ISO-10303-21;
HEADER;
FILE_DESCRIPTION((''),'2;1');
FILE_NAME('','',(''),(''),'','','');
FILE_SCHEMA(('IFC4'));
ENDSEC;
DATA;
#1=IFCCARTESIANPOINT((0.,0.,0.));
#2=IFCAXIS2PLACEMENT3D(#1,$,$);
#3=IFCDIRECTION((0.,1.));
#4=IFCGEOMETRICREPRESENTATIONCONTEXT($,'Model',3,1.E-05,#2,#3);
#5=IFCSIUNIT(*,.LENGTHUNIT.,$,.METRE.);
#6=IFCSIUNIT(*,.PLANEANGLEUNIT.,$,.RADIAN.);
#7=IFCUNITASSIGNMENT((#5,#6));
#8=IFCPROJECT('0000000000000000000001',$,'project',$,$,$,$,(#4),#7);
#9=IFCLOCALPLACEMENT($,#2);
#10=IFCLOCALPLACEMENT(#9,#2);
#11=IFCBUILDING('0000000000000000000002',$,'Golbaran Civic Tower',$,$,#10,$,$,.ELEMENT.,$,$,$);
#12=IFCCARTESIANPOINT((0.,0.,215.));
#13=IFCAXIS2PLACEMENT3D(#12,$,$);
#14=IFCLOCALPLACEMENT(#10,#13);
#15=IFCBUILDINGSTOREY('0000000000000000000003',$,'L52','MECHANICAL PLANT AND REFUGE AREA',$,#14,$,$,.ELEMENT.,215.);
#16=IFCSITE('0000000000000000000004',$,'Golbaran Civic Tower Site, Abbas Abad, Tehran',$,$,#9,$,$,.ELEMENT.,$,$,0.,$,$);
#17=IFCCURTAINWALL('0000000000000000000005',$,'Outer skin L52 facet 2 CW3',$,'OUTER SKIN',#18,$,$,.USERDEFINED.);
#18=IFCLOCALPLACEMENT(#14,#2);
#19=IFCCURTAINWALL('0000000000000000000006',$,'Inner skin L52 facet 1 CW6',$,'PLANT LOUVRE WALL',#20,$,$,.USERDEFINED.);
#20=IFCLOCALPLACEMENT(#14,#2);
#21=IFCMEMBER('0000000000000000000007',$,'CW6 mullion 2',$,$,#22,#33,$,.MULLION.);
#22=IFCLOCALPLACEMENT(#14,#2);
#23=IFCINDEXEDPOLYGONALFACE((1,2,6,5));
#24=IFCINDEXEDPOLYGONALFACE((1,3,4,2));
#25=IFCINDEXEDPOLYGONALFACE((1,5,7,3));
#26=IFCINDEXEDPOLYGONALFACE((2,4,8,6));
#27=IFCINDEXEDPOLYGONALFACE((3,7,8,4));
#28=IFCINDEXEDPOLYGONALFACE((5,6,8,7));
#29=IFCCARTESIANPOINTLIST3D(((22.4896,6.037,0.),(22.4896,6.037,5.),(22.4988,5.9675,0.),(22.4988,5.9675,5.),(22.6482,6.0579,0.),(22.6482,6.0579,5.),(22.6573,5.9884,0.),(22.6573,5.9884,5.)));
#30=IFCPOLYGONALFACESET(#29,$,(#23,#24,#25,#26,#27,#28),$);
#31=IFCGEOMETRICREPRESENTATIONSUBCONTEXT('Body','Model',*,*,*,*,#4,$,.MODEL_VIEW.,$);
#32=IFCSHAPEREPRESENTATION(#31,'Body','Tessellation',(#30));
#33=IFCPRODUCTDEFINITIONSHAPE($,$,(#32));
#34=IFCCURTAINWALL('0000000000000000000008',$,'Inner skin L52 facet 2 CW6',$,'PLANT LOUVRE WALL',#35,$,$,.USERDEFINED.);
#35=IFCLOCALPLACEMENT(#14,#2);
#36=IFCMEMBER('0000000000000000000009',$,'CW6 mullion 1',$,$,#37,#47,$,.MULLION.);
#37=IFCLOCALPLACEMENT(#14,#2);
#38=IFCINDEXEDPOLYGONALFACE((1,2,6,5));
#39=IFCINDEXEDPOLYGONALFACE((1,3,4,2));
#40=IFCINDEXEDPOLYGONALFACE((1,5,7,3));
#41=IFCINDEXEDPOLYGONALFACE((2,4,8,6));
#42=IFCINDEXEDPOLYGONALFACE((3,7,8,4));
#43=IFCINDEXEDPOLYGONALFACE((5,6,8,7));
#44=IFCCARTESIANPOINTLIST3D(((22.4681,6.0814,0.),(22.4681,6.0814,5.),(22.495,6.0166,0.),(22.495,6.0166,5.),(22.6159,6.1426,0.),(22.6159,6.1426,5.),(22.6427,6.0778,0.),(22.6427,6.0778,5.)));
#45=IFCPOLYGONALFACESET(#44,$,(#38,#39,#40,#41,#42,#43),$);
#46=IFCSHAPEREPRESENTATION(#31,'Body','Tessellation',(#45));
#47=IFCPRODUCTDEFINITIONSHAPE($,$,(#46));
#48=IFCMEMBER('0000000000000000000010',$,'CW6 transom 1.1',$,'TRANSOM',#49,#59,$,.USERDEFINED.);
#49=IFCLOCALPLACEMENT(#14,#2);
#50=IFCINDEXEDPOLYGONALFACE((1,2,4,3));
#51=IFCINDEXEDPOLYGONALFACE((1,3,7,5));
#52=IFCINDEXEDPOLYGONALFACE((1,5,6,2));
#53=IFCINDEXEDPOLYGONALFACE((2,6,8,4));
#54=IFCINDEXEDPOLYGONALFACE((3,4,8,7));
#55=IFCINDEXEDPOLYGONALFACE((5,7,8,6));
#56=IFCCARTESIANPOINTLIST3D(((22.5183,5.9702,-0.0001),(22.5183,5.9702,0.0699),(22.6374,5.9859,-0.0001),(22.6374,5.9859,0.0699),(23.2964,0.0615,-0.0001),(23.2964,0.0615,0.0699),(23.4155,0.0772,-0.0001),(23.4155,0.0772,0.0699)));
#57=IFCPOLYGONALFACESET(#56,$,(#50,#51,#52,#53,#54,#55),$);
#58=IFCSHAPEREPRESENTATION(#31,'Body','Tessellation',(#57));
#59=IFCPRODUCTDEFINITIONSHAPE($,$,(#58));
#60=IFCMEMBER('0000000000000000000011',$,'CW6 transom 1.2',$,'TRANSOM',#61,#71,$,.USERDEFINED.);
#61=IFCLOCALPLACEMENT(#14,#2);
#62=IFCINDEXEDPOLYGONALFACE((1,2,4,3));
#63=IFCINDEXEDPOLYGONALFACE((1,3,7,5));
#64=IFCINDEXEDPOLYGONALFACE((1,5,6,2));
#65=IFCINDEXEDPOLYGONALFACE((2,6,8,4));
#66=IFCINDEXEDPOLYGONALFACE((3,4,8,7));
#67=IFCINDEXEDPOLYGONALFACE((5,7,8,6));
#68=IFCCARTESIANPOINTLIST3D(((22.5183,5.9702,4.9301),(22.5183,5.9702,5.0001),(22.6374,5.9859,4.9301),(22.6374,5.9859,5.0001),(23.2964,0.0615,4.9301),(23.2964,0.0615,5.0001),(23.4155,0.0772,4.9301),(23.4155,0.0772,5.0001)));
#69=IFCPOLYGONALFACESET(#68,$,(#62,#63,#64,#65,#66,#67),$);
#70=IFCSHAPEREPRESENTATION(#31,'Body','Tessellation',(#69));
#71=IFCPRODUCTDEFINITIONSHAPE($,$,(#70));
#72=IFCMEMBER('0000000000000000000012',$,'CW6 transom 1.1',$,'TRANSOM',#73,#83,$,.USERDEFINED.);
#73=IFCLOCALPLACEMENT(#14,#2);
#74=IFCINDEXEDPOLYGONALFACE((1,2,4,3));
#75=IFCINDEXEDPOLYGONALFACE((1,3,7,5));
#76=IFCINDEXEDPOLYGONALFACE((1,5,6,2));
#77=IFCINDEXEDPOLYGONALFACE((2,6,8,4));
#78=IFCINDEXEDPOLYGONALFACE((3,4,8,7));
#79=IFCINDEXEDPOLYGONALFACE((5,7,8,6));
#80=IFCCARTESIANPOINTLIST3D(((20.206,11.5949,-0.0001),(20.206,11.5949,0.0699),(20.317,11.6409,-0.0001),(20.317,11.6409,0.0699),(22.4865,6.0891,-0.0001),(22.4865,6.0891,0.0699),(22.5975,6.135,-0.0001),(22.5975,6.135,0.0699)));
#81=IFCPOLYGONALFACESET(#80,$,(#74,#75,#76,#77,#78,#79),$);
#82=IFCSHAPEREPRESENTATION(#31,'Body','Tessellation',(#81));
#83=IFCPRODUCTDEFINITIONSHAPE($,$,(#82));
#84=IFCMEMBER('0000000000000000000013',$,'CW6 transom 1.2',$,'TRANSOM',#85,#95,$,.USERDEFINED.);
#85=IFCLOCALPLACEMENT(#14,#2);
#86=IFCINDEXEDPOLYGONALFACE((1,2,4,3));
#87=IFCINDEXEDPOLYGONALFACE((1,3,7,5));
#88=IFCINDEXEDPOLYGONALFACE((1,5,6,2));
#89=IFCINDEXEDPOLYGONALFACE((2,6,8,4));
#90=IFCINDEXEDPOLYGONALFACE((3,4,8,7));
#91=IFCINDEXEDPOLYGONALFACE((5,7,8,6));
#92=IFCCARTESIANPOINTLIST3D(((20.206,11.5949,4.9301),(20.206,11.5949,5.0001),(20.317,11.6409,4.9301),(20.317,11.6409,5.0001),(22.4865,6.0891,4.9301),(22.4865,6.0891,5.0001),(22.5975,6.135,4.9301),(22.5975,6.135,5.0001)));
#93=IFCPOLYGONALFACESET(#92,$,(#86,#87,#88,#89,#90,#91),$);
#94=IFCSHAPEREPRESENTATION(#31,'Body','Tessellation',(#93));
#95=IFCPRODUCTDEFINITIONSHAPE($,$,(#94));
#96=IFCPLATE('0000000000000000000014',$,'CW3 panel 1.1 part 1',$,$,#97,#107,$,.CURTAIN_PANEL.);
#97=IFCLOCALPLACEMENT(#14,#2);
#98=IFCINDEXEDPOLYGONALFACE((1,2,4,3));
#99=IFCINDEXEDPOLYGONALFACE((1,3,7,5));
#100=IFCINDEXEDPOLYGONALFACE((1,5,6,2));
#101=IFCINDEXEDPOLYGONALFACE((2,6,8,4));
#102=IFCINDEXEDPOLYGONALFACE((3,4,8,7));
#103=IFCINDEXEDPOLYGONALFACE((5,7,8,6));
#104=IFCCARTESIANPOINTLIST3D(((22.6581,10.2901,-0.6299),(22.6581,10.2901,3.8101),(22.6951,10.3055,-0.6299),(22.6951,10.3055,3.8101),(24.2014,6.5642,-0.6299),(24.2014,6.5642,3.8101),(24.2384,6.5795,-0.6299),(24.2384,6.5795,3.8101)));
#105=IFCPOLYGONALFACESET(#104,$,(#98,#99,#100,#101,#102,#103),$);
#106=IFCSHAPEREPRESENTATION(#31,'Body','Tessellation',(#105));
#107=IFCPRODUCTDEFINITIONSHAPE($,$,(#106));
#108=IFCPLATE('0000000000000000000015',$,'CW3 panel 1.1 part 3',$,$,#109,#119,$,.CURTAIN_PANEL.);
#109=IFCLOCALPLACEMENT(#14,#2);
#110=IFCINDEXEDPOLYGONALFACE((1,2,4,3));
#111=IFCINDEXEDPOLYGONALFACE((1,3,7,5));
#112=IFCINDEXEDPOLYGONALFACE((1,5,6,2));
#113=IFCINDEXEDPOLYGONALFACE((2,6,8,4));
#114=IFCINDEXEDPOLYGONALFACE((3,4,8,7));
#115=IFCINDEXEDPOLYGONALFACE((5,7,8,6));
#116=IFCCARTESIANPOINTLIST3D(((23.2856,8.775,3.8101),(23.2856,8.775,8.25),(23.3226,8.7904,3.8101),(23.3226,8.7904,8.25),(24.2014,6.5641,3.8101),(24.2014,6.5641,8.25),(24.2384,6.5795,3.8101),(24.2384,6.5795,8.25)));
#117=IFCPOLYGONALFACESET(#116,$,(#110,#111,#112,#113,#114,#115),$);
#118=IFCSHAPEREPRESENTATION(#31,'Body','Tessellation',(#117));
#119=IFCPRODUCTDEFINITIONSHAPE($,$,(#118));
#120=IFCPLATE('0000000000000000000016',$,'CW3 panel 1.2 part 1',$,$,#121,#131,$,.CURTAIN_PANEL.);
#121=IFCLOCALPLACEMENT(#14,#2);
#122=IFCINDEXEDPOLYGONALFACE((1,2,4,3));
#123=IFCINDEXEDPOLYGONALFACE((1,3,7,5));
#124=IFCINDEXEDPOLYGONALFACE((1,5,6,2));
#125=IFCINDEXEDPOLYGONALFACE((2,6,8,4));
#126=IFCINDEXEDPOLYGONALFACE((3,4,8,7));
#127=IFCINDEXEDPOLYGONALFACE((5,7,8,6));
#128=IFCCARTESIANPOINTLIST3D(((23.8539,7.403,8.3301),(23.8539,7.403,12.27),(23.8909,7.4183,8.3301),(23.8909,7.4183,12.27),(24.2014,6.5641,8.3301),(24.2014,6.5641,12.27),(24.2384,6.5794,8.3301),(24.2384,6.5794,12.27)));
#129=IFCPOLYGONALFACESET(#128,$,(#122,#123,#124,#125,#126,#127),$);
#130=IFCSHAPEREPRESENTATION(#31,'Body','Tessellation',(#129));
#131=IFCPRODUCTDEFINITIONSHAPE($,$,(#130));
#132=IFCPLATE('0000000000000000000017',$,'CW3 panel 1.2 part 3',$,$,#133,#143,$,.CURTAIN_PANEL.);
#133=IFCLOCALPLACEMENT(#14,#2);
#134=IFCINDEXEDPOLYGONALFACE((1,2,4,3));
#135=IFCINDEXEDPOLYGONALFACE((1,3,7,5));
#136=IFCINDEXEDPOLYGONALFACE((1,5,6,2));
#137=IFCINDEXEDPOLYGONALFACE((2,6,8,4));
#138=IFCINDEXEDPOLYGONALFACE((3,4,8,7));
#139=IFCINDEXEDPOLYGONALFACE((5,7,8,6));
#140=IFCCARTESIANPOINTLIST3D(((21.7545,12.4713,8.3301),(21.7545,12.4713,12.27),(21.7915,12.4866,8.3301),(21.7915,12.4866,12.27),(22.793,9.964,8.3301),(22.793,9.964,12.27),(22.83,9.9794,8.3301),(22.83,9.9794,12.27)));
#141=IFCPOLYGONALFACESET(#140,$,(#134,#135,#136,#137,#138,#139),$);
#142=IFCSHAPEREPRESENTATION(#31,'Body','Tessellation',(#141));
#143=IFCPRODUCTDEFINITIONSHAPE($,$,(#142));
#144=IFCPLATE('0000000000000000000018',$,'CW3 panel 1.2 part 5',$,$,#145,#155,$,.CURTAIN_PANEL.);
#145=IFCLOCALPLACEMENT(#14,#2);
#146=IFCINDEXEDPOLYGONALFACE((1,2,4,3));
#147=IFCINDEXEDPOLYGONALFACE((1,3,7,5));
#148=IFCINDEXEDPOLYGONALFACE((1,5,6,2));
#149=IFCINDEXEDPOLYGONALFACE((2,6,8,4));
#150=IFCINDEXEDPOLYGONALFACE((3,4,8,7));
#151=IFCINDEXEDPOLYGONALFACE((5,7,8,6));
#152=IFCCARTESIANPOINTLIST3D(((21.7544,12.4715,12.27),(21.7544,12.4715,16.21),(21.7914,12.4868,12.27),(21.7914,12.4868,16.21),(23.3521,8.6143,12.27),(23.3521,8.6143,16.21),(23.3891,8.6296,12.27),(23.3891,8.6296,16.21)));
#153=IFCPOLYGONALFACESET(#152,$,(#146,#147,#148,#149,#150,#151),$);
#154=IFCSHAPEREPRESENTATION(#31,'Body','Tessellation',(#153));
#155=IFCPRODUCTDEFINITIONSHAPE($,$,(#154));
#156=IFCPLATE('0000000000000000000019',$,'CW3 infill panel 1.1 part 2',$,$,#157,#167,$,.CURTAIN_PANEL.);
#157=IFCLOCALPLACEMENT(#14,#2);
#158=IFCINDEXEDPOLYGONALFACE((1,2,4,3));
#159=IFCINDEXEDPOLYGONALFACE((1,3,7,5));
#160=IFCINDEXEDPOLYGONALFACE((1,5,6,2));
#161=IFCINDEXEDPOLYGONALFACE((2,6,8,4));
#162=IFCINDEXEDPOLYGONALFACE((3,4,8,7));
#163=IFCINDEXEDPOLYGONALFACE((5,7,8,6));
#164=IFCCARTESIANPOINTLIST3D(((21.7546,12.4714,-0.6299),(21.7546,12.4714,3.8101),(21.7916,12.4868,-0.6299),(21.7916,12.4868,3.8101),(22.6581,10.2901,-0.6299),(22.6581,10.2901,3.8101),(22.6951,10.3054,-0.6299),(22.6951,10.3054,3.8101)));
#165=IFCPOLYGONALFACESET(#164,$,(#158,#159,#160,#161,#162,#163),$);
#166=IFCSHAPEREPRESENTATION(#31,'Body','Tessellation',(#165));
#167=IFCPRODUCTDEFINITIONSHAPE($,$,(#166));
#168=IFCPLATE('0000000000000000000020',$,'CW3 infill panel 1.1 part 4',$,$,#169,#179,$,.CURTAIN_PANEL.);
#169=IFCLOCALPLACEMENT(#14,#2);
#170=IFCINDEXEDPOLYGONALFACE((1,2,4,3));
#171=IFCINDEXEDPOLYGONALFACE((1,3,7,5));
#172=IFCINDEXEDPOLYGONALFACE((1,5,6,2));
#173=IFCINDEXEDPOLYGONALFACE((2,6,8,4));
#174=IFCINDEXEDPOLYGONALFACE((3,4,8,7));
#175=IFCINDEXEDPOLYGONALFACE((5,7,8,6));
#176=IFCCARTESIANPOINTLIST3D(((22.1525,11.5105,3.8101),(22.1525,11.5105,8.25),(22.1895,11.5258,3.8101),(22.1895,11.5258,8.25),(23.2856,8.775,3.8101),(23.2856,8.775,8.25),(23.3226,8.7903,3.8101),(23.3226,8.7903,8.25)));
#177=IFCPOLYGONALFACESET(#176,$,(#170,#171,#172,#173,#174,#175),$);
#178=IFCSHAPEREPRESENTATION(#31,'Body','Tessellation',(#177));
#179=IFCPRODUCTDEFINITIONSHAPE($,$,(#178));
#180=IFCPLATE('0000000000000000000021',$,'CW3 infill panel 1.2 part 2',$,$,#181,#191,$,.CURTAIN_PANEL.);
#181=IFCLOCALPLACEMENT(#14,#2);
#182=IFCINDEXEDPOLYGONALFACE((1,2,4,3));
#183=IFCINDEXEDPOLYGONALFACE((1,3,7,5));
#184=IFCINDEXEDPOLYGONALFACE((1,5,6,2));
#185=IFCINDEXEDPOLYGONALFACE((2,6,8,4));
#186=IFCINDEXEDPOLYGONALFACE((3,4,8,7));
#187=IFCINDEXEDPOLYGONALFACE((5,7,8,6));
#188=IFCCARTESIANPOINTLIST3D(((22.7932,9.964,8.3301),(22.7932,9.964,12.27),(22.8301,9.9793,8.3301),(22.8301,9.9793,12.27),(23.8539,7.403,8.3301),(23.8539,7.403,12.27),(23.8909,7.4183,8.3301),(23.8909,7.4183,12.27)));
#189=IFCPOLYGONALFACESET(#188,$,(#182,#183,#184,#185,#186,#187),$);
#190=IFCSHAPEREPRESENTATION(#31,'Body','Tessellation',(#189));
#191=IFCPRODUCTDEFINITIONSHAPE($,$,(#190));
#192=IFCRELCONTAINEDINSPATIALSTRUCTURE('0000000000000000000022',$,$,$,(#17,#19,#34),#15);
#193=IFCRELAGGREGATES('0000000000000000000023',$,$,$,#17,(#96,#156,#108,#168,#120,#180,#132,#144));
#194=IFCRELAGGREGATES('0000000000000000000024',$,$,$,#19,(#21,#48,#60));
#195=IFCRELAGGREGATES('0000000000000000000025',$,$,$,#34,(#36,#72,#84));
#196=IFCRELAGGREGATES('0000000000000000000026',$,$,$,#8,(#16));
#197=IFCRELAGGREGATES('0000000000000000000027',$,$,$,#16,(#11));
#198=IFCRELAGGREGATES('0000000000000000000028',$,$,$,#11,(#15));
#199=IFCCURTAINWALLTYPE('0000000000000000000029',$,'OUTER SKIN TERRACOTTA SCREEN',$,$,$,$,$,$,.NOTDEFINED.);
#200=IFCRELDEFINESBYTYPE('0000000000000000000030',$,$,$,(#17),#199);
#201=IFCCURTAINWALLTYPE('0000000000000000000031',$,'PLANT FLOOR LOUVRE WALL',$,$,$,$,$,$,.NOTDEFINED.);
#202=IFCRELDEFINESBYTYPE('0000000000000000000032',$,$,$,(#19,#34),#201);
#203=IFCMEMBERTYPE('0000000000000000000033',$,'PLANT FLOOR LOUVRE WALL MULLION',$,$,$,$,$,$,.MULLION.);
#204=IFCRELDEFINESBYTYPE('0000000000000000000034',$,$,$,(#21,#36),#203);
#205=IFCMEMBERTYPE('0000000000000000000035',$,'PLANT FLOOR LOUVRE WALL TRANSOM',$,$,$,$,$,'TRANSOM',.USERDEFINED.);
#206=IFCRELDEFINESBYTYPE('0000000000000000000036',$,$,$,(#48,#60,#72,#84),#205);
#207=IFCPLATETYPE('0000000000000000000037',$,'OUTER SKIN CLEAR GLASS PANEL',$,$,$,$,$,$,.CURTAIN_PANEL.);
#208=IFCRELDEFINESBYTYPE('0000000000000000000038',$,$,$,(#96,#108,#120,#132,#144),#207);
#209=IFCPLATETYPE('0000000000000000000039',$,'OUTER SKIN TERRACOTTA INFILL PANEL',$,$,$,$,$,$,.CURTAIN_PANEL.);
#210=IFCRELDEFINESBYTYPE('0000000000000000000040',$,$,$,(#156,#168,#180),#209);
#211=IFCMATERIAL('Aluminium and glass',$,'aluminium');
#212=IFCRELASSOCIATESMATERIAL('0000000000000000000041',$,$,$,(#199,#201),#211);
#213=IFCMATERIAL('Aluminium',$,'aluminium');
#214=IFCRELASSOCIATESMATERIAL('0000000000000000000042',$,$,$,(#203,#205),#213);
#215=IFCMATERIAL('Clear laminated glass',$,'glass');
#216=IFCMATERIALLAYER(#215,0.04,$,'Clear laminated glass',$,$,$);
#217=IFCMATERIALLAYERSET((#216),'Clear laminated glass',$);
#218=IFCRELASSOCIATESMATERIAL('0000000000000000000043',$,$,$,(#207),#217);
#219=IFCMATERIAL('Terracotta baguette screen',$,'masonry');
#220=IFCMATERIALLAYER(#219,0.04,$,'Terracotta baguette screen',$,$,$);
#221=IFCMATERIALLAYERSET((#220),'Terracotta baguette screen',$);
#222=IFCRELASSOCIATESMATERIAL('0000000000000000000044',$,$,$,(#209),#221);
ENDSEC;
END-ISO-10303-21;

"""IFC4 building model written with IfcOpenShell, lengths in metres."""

from ifc_helpers import new_model, si_unit, direction, frame, origin, origin_2d, place, context, subcontext, project, spatial, rectangle, extrude, material, layer, layer_set, material_profile, profile_set, type_object, element, aggregate, save


model = new_model("IFC4")

# Units and contexts
model_context = context("Model", 3, precision=1e-05, world=origin(), true_north=direction((0.0, 1.0)))
body_context = subcontext(model_context, "Body", "Model", "MODEL_VIEW")
ifc_project = project(units=[si_unit("LENGTHUNIT", "METRE"), si_unit("PLANEANGLEUNIT", "RADIAN")], contexts=[model_context])

# Site, building, storey
site_placement = place(None, origin())
site = spatial("IfcSite", under=ifc_project, at=site_placement, Name="Golbaran Civic Tower Site, Abbas Abad, Tehran", CompositionType="ELEMENT", RefElevation=0.0)
building_placement = place(site_placement, origin())
building = spatial("IfcBuilding", under=site, at=building_placement, Name="Golbaran Civic Tower", CompositionType="ELEMENT")
storey_placement = place(building_placement, frame((0.0, 0.0, 215.0)))
storey = spatial("IfcBuildingStorey", under=building, at=storey_placement, Name="L52", Description="MECHANICAL PLANT AND REFUGE AREA", CompositionType="ELEMENT", Elevation=215.0)

# Shared definitions
ifc_material_1 = material(Name="Aluminium and glass", Category="aluminium")
curtain_wall_type_1 = type_object("IfcCurtainWallType", Name="OUTER SKIN TERRACOTTA SCREEN", PredefinedType="NOTDEFINED", material=ifc_material_1)
ifc_material_2 = material(Name="Aluminium", Category="aluminium")

# Curtain wall
curtain_wall_1_placement = place(storey_placement, origin())
curtain_wall_1 = element("IfcCurtainWall", 1, at=curtain_wall_1_placement, inside=storey, type_object=curtain_wall_type_1, Name="Outer skin L52 facet 2 CW3", ObjectType="OUTER SKIN", PredefinedType="USERDEFINED")

# Curtain wall, member
curtain_wall_type_2 = type_object("IfcCurtainWallType", Name="PLANT FLOOR LOUVRE WALL", PredefinedType="NOTDEFINED", material=ifc_material_1)
curtain_wall_2_placement = place(storey_placement, origin())
curtain_wall_2 = element("IfcCurtainWall", 2, at=curtain_wall_2_placement, inside=storey, type_object=curtain_wall_type_2, Name="Inner skin L52 facet 1 CW6", ObjectType="PLANT LOUVRE WALL", PredefinedType="USERDEFINED")
ifc_material_profile_1 = material_profile(ifc_material_2, rectangle(XDim=0.1599, YDim=0.0701, at=origin_2d()), Name="PLANT FLOOR LOUVRE WALL MULLION")
ifc_profile_set_1 = profile_set([ifc_material_profile_1], Name="Aluminium")
member_type_1 = type_object("IfcMemberType", Name="PLANT FLOOR LOUVRE WALL MULLION", PredefinedType="MULLION", material=ifc_profile_set_1)
member_1_placement = place(storey_placement, frame((22.5735, 6.0127, 0.0), z_axis=(0.0, 0.0, 1.0), x_axis=(-0.991445, -0.130526, 0.0)))
member_1 = element("IfcMember", 3, at=member_1_placement, type_object=member_type_1, Name="CW6 mullion 2", PredefinedType="MULLION", context=body_context, shape_type="SweptSolid", body=[
    extrude(rectangle(XDim=0.1599, YDim=0.0701, at=origin_2d()), origin(), (0.0, 0.0, 1.0), 5.0),
])

# Curtain wall, member
curtain_wall_3_placement = place(storey_placement, origin())
curtain_wall_3 = element("IfcCurtainWall", 4, at=curtain_wall_3_placement, inside=storey, type_object=curtain_wall_type_2, Name="Inner skin L52 facet 2 CW6", ObjectType="PLANT LOUVRE WALL", PredefinedType="USERDEFINED")
member_2_placement = place(storey_placement, frame((22.5554, 6.0796, 0.0), z_axis=(0.0, 0.0, 1.0), x_axis=(-0.92388, -0.382683, 0.0)))
member_2 = element("IfcMember", 5, at=member_2_placement, type_object=member_type_1, Name="CW6 mullion 1", PredefinedType="MULLION", context=body_context, shape_type="SweptSolid", body=[
    extrude(rectangle(XDim=0.1599, YDim=0.0701, at=origin_2d()), origin(), (0.0, 0.0, 1.0), 5.0),
])

# Members
ifc_material_profile_2 = material_profile(ifc_material_2, rectangle(XDim=0.1201, YDim=0.0701, at=origin_2d()), Name="PLANT FLOOR LOUVRE WALL TRANSOM")
ifc_profile_set_2 = profile_set([ifc_material_profile_2], Name="Aluminium")
member_type_2 = type_object("IfcMemberType", Name="PLANT FLOOR LOUVRE WALL TRANSOM", ElementType="TRANSOM", PredefinedType="USERDEFINED", material=ifc_profile_set_2)
member_3_placement = place(storey_placement, frame((23.356, 0.0693, 0.0349), z_axis=(-0.130556, 0.991441, 0.0), x_axis=(-0.991441, -0.130556, 0.0)))
member_3 = element("IfcMember", 6, at=member_3_placement, type_object=member_type_2, Name="CW6 transom 1.1", ObjectType="TRANSOM", PredefinedType="USERDEFINED", context=body_context, shape_type="SweptSolid", body=[
    extrude(rectangle(XDim=0.1201, YDim=0.0701, at=origin_2d()), origin(), (0.0, 0.0, 1.0), 5.9597),
])
member_4_placement = place(storey_placement, frame((23.356, 0.0693, 4.9651), z_axis=(-0.130556, 0.991441, 0.0), x_axis=(-0.991441, -0.130556, 0.0)))
member_4 = element("IfcMember", 7, at=member_4_placement, type_object=member_type_2, Name="CW6 transom 1.2", ObjectType="TRANSOM", PredefinedType="USERDEFINED", context=body_context, shape_type="SweptSolid", body=[
    extrude(rectangle(XDim=0.1201, YDim=0.0701, at=origin_2d()), origin(), (0.0, 0.0, 1.0), 5.9597),
])
member_5_placement = place(storey_placement, frame((22.542, 6.1121, 0.0349), z_axis=(-0.382671, 0.923885, 0.0), x_axis=(-0.923885, -0.382671, 0.0)))
member_5 = element("IfcMember", 8, at=member_5_placement, type_object=member_type_2, Name="CW6 transom 1.1", ObjectType="TRANSOM", PredefinedType="USERDEFINED", context=body_context, shape_type="SweptSolid", body=[
    extrude(rectangle(XDim=0.1201, YDim=0.0701, at=origin_2d()), origin(), (0.0, 0.0, 1.0), 5.9595),
])
member_6_placement = place(storey_placement, frame((22.542, 6.1121, 4.9651), z_axis=(-0.382671, 0.923885, 0.0), x_axis=(-0.923885, -0.382671, 0.0)))
member_6 = element("IfcMember", 9, at=member_6_placement, type_object=member_type_2, Name="CW6 transom 1.2", ObjectType="TRANSOM", PredefinedType="USERDEFINED", context=body_context, shape_type="SweptSolid", body=[
    extrude(rectangle(XDim=0.1201, YDim=0.0701, at=origin_2d()), origin(), (0.0, 0.0, 1.0), 5.9595),
])

# Plates
ifc_material_3 = material(Name="Clear laminated glass", Category="glass")
ifc_layer_1 = layer(ifc_material_3, 0.04, Name="Clear laminated glass")
ifc_layer_set_1 = layer_set([ifc_layer_1], Name="Clear laminated glass")
plate_type_1 = type_object("IfcPlateType", Name="OUTER SKIN CLEAR GLASS PANEL", PredefinedType="CURTAIN_PANEL", material=ifc_layer_set_1)
plate_1_placement = place(storey_placement, frame((23.4482, 8.4348, -0.6299), z_axis=(0.0, 0.0, 1.0), x_axis=(-0.382683, 0.92388, 0.0)))
plate_1 = element("IfcPlate", 10, at=plate_1_placement, type_object=plate_type_1, Name="CW3 panel 1.1 part 1", PredefinedType="CURTAIN_PANEL", context=body_context, shape_type="SweptSolid", body=[
    extrude(rectangle(XDim=4.033, YDim=0.04, at=origin_2d()), origin(), (0.0, 0.0, 1.0), 4.4399),
])
plate_2_placement = place(storey_placement, frame((23.762, 7.6772, 3.8101), z_axis=(0.0, 0.0, 1.0), x_axis=(-0.382683, 0.92388, 0.0)))
plate_2 = element("IfcPlate", 11, at=plate_2_placement, type_object=plate_type_1, Name="CW3 panel 1.1 part 3", PredefinedType="CURTAIN_PANEL", context=body_context, shape_type="SweptSolid", body=[
    extrude(rectangle(XDim=2.3931, YDim=0.04, at=origin_2d()), origin(), (0.0, 0.0, 1.0), 4.4399),
])
plate_3_placement = place(storey_placement, frame((24.0461, 6.9912, 8.3301), z_axis=(0.0, 0.0, 1.0), x_axis=(-0.382683, 0.92388, 0.0)))
plate_3 = element("IfcPlate", 12, at=plate_3_placement, type_object=plate_type_1, Name="CW3 panel 1.2 part 1", PredefinedType="CURTAIN_PANEL", context=body_context, shape_type="SweptSolid", body=[
    extrude(rectangle(XDim=0.908, YDim=0.04, at=origin_2d()), origin(), (0.0, 0.0, 1.0), 3.9399),
])
plate_4_placement = place(storey_placement, frame((22.2922, 11.2253, 8.3301), z_axis=(0.0, 0.0, 1.0), x_axis=(-0.382683, 0.92388, 0.0)))
plate_4 = element("IfcPlate", 13, at=plate_4_placement, type_object=plate_type_1, Name="CW3 panel 1.2 part 3", PredefinedType="CURTAIN_PANEL", context=body_context, shape_type="SweptSolid", body=[
    extrude(rectangle(XDim=2.7139, YDim=0.04, at=origin_2d()), origin(), (0.0, 0.0, 1.0), 3.9399),
])
plate_5_placement = place(storey_placement, frame((22.5718, 10.5505, 12.27), z_axis=(0.0, 0.0, 1.0), x_axis=(-0.382683, 0.92388, 0.0)))
plate_5 = element("IfcPlate", 14, at=plate_5_placement, type_object=plate_type_1, Name="CW3 panel 1.2 part 5", PredefinedType="CURTAIN_PANEL", context=body_context, shape_type="SweptSolid", body=[
    extrude(rectangle(XDim=4.175, YDim=0.04, at=origin_2d()), origin(), (0.0, 0.0, 1.0), 3.9399),
])
ifc_material_4 = material(Name="Terracotta baguette screen", Category="masonry")
ifc_layer_2 = layer(ifc_material_4, 0.04, Name="Terracotta baguette screen")
ifc_layer_set_2 = layer_set([ifc_layer_2], Name="Terracotta baguette screen")
plate_type_2 = type_object("IfcPlateType", Name="OUTER SKIN TERRACOTTA INFILL PANEL", PredefinedType="CURTAIN_PANEL", material=ifc_layer_set_2)
plate_6_placement = place(storey_placement, frame((22.2249, 11.3884, -0.6299), z_axis=(0.0, 0.0, 1.0), x_axis=(-0.382683, 0.92388, 0.0)))
plate_6 = element("IfcPlate", 15, at=plate_6_placement, type_object=plate_type_2, Name="CW3 infill panel 1.1 part 2", PredefinedType="CURTAIN_PANEL", context=body_context, shape_type="SweptSolid", body=[
    extrude(rectangle(XDim=2.3611, YDim=0.04, at=origin_2d()), origin(), (0.0, 0.0, 1.0), 4.4399),
])
plate_7_placement = place(storey_placement, frame((22.7375, 10.1504, 3.8101), z_axis=(0.0, 0.0, 1.0), x_axis=(-0.382683, 0.92388, 0.0)))
plate_7 = element("IfcPlate", 16, at=plate_7_placement, type_object=plate_type_2, Name="CW3 infill panel 1.1 part 4", PredefinedType="CURTAIN_PANEL", context=body_context, shape_type="SweptSolid", body=[
    extrude(rectangle(XDim=2.9609, YDim=0.04, at=origin_2d()), origin(), (0.0, 0.0, 1.0), 4.4399),
])
plate_8_placement = place(storey_placement, frame((23.342, 8.6912, 8.3301), z_axis=(0.0, 0.0, 1.0), x_axis=(-0.382683, 0.92388, 0.0)))
plate_8 = element("IfcPlate", 17, at=plate_8_placement, type_object=plate_type_2, Name="CW3 infill panel 1.2 part 2", PredefinedType="CURTAIN_PANEL", context=body_context, shape_type="SweptSolid", body=[
    extrude(rectangle(XDim=2.772, YDim=0.04, at=origin_2d()), origin(), (0.0, 0.0, 1.0), 3.9399),
])
aggregate(curtain_wall_1, [plate_1, plate_6, plate_2, plate_7, plate_3, plate_8, plate_4, plate_5])
aggregate(curtain_wall_2, [member_1, member_3, member_4])
aggregate(curtain_wall_3, [member_2, member_5, member_6])

save(model, "model.ifc")
